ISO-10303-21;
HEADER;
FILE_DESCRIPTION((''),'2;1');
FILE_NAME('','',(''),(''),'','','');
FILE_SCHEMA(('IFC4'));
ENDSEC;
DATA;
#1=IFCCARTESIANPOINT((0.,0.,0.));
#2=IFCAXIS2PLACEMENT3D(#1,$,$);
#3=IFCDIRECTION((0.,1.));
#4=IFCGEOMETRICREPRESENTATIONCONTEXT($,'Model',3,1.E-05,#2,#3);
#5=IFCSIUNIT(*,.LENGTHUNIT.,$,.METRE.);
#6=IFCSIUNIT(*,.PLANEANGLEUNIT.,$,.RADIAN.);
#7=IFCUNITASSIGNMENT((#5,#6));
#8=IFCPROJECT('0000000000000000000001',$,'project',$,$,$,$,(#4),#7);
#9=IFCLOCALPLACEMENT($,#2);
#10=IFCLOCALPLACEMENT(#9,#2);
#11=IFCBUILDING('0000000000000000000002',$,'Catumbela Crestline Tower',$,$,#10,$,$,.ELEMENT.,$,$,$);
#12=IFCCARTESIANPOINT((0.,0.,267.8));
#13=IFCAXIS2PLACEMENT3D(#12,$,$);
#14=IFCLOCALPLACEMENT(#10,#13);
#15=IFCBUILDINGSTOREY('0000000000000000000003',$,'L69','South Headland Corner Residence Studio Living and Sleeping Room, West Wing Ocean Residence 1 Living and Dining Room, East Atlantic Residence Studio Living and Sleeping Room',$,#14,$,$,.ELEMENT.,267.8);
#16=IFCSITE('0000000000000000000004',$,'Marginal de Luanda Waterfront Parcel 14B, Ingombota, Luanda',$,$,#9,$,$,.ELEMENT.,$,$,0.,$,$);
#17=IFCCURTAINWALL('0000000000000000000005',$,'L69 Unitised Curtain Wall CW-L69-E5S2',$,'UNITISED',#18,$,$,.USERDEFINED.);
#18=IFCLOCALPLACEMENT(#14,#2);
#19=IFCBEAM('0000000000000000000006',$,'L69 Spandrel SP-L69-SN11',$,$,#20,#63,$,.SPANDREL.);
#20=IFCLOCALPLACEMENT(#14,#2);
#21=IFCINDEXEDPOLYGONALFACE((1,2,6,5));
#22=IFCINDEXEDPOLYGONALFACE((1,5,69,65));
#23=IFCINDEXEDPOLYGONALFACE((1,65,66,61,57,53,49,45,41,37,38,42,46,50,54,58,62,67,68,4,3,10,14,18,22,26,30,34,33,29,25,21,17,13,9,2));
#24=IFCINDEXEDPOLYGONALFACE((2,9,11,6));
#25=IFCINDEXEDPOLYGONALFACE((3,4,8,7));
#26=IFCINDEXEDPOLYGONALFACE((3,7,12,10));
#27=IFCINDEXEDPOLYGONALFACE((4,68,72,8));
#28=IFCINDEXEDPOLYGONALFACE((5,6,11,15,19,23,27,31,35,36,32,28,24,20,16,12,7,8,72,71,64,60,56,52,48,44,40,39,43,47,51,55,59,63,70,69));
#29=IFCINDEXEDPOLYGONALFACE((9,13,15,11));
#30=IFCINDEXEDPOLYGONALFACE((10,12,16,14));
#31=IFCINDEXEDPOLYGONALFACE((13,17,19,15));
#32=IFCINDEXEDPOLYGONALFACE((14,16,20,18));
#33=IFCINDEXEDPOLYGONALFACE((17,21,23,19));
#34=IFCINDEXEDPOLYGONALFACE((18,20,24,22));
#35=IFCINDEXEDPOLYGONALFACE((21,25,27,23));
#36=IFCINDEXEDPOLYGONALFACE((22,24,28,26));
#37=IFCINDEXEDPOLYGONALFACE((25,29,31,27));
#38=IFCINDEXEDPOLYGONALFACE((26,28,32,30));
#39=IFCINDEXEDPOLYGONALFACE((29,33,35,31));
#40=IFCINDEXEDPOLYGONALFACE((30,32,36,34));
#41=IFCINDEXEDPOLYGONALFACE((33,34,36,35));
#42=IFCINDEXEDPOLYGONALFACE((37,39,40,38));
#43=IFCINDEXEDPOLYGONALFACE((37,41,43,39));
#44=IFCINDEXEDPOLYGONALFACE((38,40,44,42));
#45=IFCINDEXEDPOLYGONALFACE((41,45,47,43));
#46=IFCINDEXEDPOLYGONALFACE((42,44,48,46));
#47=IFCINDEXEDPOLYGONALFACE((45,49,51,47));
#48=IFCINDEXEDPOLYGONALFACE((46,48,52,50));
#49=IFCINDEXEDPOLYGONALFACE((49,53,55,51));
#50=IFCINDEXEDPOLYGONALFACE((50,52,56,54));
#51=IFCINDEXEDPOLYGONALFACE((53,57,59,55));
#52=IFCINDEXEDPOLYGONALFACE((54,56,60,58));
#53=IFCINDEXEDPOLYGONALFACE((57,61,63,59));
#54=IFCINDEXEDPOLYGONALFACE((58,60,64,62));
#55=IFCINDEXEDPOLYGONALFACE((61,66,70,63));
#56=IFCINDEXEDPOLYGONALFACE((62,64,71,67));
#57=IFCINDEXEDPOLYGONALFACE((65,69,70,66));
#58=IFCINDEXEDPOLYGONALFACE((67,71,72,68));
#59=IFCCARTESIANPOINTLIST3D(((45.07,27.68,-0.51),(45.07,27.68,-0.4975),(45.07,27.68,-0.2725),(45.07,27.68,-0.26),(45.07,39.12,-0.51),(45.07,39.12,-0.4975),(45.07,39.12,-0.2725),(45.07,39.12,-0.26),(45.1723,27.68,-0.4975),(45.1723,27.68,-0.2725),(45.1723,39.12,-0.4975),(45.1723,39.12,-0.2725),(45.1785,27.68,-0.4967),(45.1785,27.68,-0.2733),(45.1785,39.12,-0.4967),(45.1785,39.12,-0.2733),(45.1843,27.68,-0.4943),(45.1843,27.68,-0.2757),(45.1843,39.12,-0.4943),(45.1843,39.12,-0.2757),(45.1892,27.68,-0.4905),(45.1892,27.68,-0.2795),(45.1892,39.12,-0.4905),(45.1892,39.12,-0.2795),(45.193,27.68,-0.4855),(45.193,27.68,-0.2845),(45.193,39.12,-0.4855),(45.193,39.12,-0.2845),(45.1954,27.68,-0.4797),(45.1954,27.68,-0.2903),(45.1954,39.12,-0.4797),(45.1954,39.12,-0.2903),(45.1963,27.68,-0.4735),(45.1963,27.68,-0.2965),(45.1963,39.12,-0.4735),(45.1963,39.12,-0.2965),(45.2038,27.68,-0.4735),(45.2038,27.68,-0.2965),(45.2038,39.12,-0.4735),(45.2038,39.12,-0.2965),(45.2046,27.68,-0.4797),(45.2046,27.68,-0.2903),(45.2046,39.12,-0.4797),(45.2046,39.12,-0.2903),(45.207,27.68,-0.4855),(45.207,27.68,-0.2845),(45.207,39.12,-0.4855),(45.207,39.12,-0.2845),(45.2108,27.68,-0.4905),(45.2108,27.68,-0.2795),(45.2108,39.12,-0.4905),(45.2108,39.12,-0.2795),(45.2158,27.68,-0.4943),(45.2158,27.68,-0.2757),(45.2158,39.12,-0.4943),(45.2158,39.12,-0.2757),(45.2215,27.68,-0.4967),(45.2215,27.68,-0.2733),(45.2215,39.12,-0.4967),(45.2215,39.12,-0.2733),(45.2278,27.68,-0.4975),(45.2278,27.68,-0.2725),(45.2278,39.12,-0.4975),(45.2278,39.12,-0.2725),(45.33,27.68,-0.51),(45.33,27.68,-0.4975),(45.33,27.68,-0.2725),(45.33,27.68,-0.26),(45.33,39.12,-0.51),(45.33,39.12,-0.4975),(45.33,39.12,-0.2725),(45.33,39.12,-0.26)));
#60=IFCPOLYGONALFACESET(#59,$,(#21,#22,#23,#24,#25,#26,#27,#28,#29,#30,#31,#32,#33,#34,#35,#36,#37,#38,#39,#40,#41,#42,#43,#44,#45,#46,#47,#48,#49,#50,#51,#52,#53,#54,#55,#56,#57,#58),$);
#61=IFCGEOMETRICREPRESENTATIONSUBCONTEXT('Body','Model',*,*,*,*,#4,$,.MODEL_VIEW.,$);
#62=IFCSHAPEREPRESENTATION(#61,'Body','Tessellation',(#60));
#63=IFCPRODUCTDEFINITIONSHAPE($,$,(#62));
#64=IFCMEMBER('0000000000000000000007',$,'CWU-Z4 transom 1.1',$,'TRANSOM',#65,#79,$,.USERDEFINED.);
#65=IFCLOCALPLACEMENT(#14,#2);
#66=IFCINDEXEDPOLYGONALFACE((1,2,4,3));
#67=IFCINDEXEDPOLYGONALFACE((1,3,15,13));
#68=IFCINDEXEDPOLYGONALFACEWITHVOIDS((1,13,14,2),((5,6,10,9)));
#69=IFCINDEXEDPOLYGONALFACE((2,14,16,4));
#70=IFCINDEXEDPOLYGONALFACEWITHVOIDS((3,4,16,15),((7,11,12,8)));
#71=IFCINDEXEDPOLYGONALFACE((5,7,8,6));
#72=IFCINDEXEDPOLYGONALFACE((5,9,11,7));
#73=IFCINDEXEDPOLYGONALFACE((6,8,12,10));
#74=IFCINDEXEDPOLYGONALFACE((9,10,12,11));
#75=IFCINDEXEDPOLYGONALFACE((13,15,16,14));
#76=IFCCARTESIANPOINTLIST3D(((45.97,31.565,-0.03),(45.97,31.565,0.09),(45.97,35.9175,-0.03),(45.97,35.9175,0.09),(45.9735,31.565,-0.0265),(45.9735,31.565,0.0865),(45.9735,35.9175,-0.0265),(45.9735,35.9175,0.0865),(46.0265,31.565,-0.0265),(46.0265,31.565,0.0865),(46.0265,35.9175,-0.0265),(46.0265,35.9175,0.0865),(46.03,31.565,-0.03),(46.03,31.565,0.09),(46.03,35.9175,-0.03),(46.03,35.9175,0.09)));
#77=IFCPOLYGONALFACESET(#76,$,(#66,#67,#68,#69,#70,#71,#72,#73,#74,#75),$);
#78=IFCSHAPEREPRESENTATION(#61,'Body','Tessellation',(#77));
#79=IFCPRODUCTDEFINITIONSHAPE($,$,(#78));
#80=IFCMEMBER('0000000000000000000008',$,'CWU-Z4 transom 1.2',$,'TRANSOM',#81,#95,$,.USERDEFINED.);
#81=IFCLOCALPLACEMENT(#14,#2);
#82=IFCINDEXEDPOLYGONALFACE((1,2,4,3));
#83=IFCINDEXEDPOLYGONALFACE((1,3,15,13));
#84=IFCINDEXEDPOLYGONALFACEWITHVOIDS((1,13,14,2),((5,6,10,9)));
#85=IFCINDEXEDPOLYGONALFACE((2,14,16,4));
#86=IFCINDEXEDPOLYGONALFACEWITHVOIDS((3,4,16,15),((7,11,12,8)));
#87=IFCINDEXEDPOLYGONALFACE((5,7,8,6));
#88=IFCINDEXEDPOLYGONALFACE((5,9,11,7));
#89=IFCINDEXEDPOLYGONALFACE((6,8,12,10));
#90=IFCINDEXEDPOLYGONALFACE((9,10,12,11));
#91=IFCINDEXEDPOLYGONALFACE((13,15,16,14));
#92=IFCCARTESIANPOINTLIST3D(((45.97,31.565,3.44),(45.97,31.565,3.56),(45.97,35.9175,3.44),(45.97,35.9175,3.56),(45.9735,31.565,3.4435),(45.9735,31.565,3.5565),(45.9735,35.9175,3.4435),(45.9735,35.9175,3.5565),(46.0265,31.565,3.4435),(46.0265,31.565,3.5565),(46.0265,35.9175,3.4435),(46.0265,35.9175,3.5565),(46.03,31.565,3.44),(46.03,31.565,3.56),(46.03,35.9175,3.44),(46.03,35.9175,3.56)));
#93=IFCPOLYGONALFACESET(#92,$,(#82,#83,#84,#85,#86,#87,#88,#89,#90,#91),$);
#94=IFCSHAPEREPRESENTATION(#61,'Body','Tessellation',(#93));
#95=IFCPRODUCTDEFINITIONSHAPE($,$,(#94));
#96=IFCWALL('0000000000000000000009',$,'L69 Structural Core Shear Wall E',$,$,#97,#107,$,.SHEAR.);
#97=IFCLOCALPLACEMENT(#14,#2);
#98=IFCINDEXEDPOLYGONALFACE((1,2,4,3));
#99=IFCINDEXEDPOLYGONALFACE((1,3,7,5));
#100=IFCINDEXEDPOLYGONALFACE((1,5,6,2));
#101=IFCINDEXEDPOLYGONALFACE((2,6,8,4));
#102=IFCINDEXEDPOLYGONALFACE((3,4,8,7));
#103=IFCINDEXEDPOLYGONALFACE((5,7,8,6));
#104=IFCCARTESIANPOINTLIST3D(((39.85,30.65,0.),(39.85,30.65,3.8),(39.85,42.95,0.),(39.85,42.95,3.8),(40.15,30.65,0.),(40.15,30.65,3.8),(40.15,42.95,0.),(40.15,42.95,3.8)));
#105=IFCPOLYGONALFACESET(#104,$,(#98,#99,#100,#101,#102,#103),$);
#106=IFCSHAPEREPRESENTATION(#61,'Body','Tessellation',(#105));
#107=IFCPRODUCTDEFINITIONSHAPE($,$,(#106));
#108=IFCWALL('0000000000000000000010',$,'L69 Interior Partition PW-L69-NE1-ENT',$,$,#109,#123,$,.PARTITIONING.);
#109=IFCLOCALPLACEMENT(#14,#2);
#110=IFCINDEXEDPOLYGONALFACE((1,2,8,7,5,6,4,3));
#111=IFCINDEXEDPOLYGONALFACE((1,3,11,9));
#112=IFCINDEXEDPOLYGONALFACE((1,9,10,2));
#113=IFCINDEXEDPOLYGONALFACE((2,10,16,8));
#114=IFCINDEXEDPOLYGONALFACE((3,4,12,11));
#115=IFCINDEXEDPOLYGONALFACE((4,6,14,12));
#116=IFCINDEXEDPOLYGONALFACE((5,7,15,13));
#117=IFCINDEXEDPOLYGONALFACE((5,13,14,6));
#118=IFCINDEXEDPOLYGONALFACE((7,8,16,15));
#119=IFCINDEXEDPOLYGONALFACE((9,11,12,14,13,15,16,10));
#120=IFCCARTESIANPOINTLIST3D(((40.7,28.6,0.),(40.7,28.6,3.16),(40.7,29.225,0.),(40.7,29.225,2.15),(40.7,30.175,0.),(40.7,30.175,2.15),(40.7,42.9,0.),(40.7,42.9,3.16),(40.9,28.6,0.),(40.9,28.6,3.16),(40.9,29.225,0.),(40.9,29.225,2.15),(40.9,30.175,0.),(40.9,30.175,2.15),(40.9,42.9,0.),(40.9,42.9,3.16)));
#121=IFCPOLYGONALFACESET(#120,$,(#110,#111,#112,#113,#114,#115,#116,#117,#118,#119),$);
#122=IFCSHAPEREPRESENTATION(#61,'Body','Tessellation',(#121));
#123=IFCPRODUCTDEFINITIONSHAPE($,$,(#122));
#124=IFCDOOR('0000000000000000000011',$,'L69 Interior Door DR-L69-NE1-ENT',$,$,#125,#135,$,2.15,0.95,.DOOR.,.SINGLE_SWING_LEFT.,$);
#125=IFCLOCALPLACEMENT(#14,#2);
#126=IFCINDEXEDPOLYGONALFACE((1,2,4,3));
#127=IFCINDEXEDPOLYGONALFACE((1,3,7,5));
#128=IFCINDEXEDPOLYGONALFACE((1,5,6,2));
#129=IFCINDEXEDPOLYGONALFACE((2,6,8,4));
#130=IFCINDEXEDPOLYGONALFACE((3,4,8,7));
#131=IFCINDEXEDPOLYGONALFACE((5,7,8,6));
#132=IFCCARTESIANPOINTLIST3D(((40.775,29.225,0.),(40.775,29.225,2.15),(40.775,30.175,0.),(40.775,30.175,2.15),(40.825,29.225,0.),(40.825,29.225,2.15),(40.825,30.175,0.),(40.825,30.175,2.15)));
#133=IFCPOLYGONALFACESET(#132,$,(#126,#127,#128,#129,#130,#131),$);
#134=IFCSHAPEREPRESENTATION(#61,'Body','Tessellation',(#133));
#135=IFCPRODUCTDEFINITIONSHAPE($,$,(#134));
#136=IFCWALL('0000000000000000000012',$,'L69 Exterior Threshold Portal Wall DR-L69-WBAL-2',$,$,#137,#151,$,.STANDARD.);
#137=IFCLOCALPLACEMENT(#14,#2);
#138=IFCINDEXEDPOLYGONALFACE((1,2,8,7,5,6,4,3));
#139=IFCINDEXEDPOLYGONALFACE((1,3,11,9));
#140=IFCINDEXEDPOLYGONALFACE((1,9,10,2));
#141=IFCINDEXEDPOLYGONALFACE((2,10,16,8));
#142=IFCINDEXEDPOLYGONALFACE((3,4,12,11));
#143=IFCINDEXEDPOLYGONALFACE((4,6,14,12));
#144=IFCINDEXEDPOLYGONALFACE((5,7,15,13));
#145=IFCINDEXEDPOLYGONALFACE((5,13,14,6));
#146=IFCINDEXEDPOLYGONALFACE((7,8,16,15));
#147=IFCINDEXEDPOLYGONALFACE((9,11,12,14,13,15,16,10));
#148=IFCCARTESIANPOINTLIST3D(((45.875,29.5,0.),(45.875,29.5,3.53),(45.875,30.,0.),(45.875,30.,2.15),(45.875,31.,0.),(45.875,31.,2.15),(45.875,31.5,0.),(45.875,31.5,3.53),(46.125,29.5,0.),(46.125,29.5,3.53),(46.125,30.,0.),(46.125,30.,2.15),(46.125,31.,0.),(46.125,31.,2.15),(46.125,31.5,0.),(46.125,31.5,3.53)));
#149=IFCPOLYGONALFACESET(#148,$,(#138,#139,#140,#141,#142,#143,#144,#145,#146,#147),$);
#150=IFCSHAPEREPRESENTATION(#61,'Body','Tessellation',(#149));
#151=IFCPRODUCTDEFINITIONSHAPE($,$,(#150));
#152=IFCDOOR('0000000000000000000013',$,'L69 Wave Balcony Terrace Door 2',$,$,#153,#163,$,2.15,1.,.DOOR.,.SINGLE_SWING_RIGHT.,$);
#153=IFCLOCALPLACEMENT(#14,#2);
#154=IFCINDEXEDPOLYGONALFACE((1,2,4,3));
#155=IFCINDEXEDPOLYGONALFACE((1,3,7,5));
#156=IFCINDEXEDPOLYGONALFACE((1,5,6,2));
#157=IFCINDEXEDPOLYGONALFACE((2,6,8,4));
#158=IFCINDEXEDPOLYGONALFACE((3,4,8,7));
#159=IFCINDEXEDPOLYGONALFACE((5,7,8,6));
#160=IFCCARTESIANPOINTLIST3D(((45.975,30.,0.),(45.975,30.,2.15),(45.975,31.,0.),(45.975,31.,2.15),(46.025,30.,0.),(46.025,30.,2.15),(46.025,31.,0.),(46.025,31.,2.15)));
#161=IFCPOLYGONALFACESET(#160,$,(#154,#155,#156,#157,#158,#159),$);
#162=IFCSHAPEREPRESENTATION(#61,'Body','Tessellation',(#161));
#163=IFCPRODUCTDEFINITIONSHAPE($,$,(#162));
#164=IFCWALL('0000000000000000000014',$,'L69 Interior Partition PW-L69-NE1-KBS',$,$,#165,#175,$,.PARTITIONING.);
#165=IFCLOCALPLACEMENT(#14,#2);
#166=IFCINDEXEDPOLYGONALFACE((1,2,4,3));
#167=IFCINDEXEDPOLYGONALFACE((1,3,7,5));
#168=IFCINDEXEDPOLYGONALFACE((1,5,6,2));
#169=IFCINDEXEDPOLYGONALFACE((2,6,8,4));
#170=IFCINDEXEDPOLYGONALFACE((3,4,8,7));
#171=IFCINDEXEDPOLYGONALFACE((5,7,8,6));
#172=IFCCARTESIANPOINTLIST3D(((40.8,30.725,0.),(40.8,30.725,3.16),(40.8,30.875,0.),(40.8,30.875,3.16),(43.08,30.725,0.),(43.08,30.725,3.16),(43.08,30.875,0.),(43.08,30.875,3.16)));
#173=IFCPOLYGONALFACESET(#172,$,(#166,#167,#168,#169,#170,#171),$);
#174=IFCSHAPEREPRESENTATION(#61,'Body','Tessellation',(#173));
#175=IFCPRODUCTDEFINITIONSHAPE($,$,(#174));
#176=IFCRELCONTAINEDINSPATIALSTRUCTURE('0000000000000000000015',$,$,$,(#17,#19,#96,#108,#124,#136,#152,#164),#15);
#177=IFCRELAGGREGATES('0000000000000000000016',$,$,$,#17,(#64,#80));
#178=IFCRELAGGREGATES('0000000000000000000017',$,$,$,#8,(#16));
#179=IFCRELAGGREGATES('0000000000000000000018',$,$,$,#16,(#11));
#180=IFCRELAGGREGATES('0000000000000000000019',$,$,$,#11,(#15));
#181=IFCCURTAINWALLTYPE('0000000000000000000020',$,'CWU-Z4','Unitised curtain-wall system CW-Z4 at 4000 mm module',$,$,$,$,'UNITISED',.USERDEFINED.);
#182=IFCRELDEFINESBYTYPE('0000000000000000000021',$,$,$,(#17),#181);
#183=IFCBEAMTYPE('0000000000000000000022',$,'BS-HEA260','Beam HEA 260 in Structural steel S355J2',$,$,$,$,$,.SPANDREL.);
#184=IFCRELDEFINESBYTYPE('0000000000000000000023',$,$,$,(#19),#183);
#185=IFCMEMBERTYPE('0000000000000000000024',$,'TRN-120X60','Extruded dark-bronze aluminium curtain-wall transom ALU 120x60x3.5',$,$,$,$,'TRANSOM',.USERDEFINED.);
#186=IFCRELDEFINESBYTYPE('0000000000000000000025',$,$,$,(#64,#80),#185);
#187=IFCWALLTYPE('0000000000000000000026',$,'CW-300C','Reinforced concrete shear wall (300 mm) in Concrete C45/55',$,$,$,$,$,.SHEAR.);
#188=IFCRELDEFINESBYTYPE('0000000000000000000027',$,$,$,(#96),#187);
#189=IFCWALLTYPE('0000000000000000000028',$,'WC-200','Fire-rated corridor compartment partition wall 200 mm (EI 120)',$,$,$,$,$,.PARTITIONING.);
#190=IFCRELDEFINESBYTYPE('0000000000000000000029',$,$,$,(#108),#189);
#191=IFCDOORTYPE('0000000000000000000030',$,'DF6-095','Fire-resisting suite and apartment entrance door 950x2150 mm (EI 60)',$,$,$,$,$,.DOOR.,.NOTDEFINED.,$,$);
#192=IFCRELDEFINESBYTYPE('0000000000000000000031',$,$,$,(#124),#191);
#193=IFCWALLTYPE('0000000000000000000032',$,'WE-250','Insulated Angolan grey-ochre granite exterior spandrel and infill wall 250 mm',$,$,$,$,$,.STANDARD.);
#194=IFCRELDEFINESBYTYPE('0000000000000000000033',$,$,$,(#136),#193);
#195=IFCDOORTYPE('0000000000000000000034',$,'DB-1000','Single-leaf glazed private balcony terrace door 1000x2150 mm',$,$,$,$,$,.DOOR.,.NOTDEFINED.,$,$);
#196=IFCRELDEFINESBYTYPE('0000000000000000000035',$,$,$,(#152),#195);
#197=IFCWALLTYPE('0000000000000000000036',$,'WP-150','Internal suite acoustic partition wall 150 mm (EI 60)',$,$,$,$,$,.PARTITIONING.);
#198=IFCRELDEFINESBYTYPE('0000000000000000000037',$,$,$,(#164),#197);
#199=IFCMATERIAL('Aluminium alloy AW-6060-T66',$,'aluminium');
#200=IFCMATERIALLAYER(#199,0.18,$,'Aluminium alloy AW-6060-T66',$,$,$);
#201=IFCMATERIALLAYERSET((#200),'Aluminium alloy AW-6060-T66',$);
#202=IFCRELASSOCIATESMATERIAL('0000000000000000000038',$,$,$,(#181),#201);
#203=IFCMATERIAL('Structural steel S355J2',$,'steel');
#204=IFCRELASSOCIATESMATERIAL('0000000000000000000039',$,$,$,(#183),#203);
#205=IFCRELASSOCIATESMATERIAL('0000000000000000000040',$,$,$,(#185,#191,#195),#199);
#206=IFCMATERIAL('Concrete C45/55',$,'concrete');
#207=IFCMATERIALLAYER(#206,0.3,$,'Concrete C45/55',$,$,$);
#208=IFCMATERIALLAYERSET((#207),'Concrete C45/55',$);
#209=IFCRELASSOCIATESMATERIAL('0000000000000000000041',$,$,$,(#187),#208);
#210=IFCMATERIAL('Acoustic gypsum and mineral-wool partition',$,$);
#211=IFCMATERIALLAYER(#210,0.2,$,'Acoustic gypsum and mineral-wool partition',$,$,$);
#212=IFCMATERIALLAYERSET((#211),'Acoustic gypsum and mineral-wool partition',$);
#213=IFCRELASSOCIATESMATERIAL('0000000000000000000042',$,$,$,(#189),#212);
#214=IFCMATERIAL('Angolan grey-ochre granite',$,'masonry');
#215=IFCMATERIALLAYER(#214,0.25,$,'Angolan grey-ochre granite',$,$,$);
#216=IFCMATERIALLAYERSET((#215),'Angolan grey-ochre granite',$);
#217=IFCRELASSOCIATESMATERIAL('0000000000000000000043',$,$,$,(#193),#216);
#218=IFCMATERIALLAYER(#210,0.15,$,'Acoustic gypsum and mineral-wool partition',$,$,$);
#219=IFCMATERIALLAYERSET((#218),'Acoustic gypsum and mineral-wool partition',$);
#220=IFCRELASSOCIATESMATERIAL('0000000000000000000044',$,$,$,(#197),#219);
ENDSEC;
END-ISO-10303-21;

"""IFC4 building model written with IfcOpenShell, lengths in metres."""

from ifc_helpers import new_model, si_unit, direction, frame, frame_2d, origin, origin_2d, place, context, subcontext, project, spatial, rectangle, hollow_rectangle, i_section, extrude, material, layer, layer_set, material_profile, profile_set, type_object, element, fill, aggregate, save


model = new_model("IFC4")

# Units and contexts
model_context = context("Model", 3, precision=1e-05, world=origin(), true_north=direction((0.0, 1.0)))
body_context = subcontext(model_context, "Body", "Model", "MODEL_VIEW")
ifc_project = project(units=[si_unit("LENGTHUNIT", "METRE"), si_unit("PLANEANGLEUNIT", "RADIAN")], contexts=[model_context])

# Site, building, storey
site_placement = place(None, origin())
site = spatial("IfcSite", under=ifc_project, at=site_placement, Name="Marginal de Luanda Waterfront Parcel 14B, Ingombota, Luanda", CompositionType="ELEMENT", RefElevation=0.0)
building_placement = place(site_placement, origin())
building = spatial("IfcBuilding", under=site, at=building_placement, Name="Catumbela Crestline Tower", CompositionType="ELEMENT")
storey_placement = place(building_placement, frame((0.0, 0.0, 267.8)))
storey = spatial("IfcBuildingStorey", under=building, at=storey_placement, Name="L69", Description="South Headland Corner Residence Studio Living and Sleeping Room, West Wing Ocean Residence 1 Living and Dining Room, East Atlantic Residence Studio Living and Sleeping Room", CompositionType="ELEMENT", Elevation=267.8)

# Shared definitions
ifc_material_1 = material(Name="Concrete C45/55", Category="concrete")
ifc_material_2 = material(Name="Structural steel S355J2", Category="steel")

# Curtain wall
ifc_material_3 = material(Name="Aluminium alloy AW-6060-T66", Category="aluminium")
ifc_layer_1 = layer(ifc_material_3, 0.18, Name="Aluminium alloy AW-6060-T66")
ifc_layer_set_1 = layer_set([ifc_layer_1], Name="Aluminium alloy AW-6060-T66")
curtain_wall_type = type_object("IfcCurtainWallType", Name="CWU-Z4", Description="Unitised curtain-wall system CW-Z4 at 4000 mm module", ElementType="UNITISED", PredefinedType="USERDEFINED", material=ifc_layer_set_1)
curtain_wall_placement = place(storey_placement, origin())
curtain_wall = element("IfcCurtainWall", 1, at=curtain_wall_placement, inside=storey, type_object=curtain_wall_type, Name="L69 Unitised Curtain Wall CW-L69-E5S2", ObjectType="UNITISED", PredefinedType="USERDEFINED")

# Beam
ifc_material_profile_1 = material_profile(ifc_material_2, i_section(OverallWidth=0.26, OverallDepth=0.25, WebThickness=0.0075, FlangeThickness=0.0125, FilletRadius=0.024, at=origin_2d()), Name="HEA 260")
ifc_profile_set_1 = profile_set([ifc_material_profile_1], Name="Structural steel S355J2")
beam_type_1 = type_object("IfcBeamType", Name="BS-HEA260", Description="Beam HEA 260 in Structural steel S355J2", PredefinedType="SPANDREL", material=ifc_profile_set_1)
beam_1_placement = place(storey_placement, frame((45.2, 27.68, -0.385), z_axis=(0.0, 1.0, 0.0), x_axis=(-1.0, 0.0, 0.0)))
element("IfcBeam", 2, at=beam_1_placement, inside=storey, type_object=beam_type_1, Name="L69 Spandrel SP-L69-SN11", PredefinedType="SPANDREL", context=body_context, shape_type="SweptSolid", body=[
    extrude(i_section(OverallWidth=0.26, OverallDepth=0.25, WebThickness=0.0075, FlangeThickness=0.0125, FilletRadius=0.024, at=origin_2d()), origin(), (0.0, 0.0, 1.0), 11.44),
])

# Members
ifc_material_profile_2 = material_profile(ifc_material_3, hollow_rectangle(XDim=0.06, YDim=0.12, WallThickness=0.0035, at=origin_2d()), Name="ALU 120x60x3.5")
ifc_profile_set_2 = profile_set([ifc_material_profile_2], Name="Aluminium alloy AW-6060-T66")
member_type_1 = type_object("IfcMemberType", Name="TRN-120X60", Description="Extruded dark-bronze aluminium curtain-wall transom ALU 120x60x3.5", ElementType="TRANSOM", PredefinedType="USERDEFINED", material=ifc_profile_set_2)
member_1_placement = place(storey_placement, frame((46.0, 31.565, 0.03), z_axis=(0.0, 1.0, 0.0), x_axis=(-1.0, 0.0, 0.0)))
member_1 = element("IfcMember", 3, at=member_1_placement, type_object=member_type_1, Name="CWU-Z4 transom 1.1", ObjectType="TRANSOM", PredefinedType="USERDEFINED", context=body_context, shape_type="SweptSolid", body=[
    extrude(hollow_rectangle(XDim=0.06, YDim=0.12, WallThickness=0.0035, at=origin_2d()), origin(), (0.0, 0.0, 1.0), 4.3525),
])
member_2_placement = place(storey_placement, frame((46.0, 31.565, 3.5), z_axis=(0.0, 1.0, 0.0), x_axis=(-1.0, 0.0, 0.0)))
member_2 = element("IfcMember", 4, at=member_2_placement, type_object=member_type_1, Name="CWU-Z4 transom 1.2", ObjectType="TRANSOM", PredefinedType="USERDEFINED", context=body_context, shape_type="SweptSolid", body=[
    extrude(hollow_rectangle(XDim=0.06, YDim=0.12, WallThickness=0.0035, at=origin_2d()), origin(), (0.0, 0.0, 1.0), 4.3525),
])
aggregate(curtain_wall, [member_1, member_2])

# Wall
ifc_layer_2 = layer(ifc_material_1, 0.3, Name="Concrete C45/55")
ifc_layer_set_2 = layer_set([ifc_layer_2], Name="Concrete C45/55")
wall_type_1 = type_object("IfcWallType", Name="CW-300C", Description="Reinforced concrete shear wall (300 mm) in Concrete C45/55", PredefinedType="SHEAR", material=ifc_layer_set_2)
wall_1_placement = place(storey_placement, frame((40.0, 30.65, 0.0), z_axis=(0.0, 0.0, 1.0), x_axis=(0.0, 1.0, 0.0)))
element("IfcWall", 5, at=wall_1_placement, inside=storey, type_object=wall_type_1, Name="L69 Structural Core Shear Wall E", PredefinedType="SHEAR", context=body_context, shape_type="SweptSolid", body=[
    extrude(rectangle(XDim=12.3, YDim=0.3, at=frame_2d((6.15, 0.0))), origin(), (0.0, 0.0, 1.0), 3.8),
])

# Walls, openings, doors
ifc_material_4 = material(Name="Acoustic gypsum and mineral-wool partition")
ifc_layer_3 = layer(ifc_material_4, 0.2, Name="Acoustic gypsum and mineral-wool partition")
ifc_layer_set_3 = layer_set([ifc_layer_3], Name="Acoustic gypsum and mineral-wool partition")
wall_type_2 = type_object("IfcWallType", Name="WC-200", Description="Fire-rated corridor compartment partition wall 200 mm (EI 120)", PredefinedType="PARTITIONING", material=ifc_layer_set_3)
wall_2_placement = place(storey_placement, frame((40.8, 28.6, 0.0), z_axis=(0.0, 0.0, 1.0), x_axis=(0.0, 1.0, 0.0)))
wall_2 = element("IfcWall", 6, at=wall_2_placement, inside=storey, type_object=wall_type_2, Name="L69 Interior Partition PW-L69-NE1-ENT", PredefinedType="PARTITIONING", context=body_context, shape_type="SweptSolid", body=[
    extrude(rectangle(XDim=14.3, YDim=0.2, at=frame_2d((7.15, 0.0))), origin(), (0.0, 0.0, 1.0), 3.16),
])
opening_1_placement = place(wall_2_placement, frame((0.625, 0.0, 0.0)))
opening_1 = element("IfcOpeningElement", 7, at=opening_1_placement, cuts=wall_2, PredefinedType="OPENING", context=body_context, shape_type="SweptSolid", body=[
    extrude(rectangle(XDim=0.95, YDim=2.15, at=frame_2d((0.475, 1.075))), frame((0.0, 0.11, 0.0), z_axis=(0.0, -1.0, 0.0), x_axis=(1.0, 0.0, 0.0)), (0.0, 0.0, 1.0), 0.22),
])
door_type_1 = type_object("IfcDoorType", Name="DF6-095", Description="Fire-resisting suite and apartment entrance door 950x2150 mm (EI 60)", OperationType="NOTDEFINED", PredefinedType="DOOR", material=ifc_material_3)
door_1_placement = place(opening_1_placement, origin())
door_1 = element("IfcDoor", 8, at=door_1_placement, inside=storey, type_object=door_type_1, Name="L69 Interior Door DR-L69-NE1-ENT", OperationType="SINGLE_SWING_LEFT", OverallHeight=2.15, OverallWidth=0.95, PredefinedType="DOOR", context=body_context, shape_type="SweptSolid", body=[
    extrude(rectangle(XDim=0.95, YDim=2.15, at=frame_2d((0.475, 1.075))), frame((0.0, 0.025, 0.0), z_axis=(0.0, -1.0, 0.0), x_axis=(1.0, 0.0, 0.0)), (0.0, 0.0, 1.0), 0.05),
])
fill(opening_1, door_1)
ifc_material_5 = material(Name="Angolan grey-ochre granite", Category="masonry")
ifc_layer_4 = layer(ifc_material_5, 0.25, Name="Angolan grey-ochre granite")
ifc_layer_set_4 = layer_set([ifc_layer_4], Name="Angolan grey-ochre granite")
wall_type_3 = type_object("IfcWallType", Name="WE-250", Description="Insulated Angolan grey-ochre granite exterior spandrel and infill wall 250 mm", PredefinedType="STANDARD", material=ifc_layer_set_4)
wall_3_placement = place(storey_placement, frame((46.0, 29.5, 0.0), z_axis=(0.0, 0.0, 1.0), x_axis=(0.0, 1.0, 0.0)))
wall_3 = element("IfcWall", 9, at=wall_3_placement, inside=storey, type_object=wall_type_3, Name="L69 Exterior Threshold Portal Wall DR-L69-WBAL-2", PredefinedType="STANDARD", context=body_context, shape_type="SweptSolid", body=[
    extrude(rectangle(XDim=2.0, YDim=0.25, at=frame_2d((1.0, 0.0))), origin(), (0.0, 0.0, 1.0), 3.53),
])
opening_2_placement = place(wall_3_placement, frame((0.5, 0.0, 0.0)))
opening_2 = element("IfcOpeningElement", 10, at=opening_2_placement, cuts=wall_3, PredefinedType="OPENING", context=body_context, shape_type="SweptSolid", body=[
    extrude(rectangle(XDim=1.0, YDim=2.15, at=frame_2d((0.5, 1.075))), frame((0.0, 0.135, 0.0), z_axis=(0.0, -1.0, 0.0), x_axis=(1.0, 0.0, 0.0)), (0.0, 0.0, 1.0), 0.27),
])
door_type_2 = type_object("IfcDoorType", Name="DB-1000", Description="Single-leaf glazed private balcony terrace door 1000x2150 mm", OperationType="NOTDEFINED", PredefinedType="DOOR", material=ifc_material_3)
door_2_placement = place(opening_2_placement, origin())
door_2 = element("IfcDoor", 11, at=door_2_placement, inside=storey, type_object=door_type_2, Name="L69 Wave Balcony Terrace Door 2", OperationType="SINGLE_SWING_RIGHT", OverallHeight=2.15, OverallWidth=1.0, PredefinedType="DOOR", context=body_context, shape_type="SweptSolid", body=[
    extrude(rectangle(XDim=1.0, YDim=2.15, at=frame_2d((0.5, 1.075))), frame((0.0, 0.025, 0.0), z_axis=(0.0, -1.0, 0.0), x_axis=(1.0, 0.0, 0.0)), (0.0, 0.0, 1.0), 0.05),
])
fill(opening_2, door_2)

# Wall
ifc_layer_5 = layer(ifc_material_4, 0.15, Name="Acoustic gypsum and mineral-wool partition")
ifc_layer_set_5 = layer_set([ifc_layer_5], Name="Acoustic gypsum and mineral-wool partition")
wall_type_4 = type_object("IfcWallType", Name="WP-150", Description="Internal suite acoustic partition wall 150 mm (EI 60)", PredefinedType="PARTITIONING", material=ifc_layer_set_5)
wall_4_placement = place(storey_placement, frame((40.8, 30.8, 0.0), z_axis=(0.0, 0.0, 1.0), x_axis=(1.0, 0.0, 0.0)))
element("IfcWall", 12, at=wall_4_placement, inside=storey, type_object=wall_type_4, Name="L69 Interior Partition PW-L69-NE1-KBS", PredefinedType="PARTITIONING", context=body_context, shape_type="SweptSolid", body=[
    extrude(rectangle(XDim=2.28, YDim=0.15, at=frame_2d((1.14, 0.0))), origin(), (0.0, 0.0, 1.0), 3.16),
])

save(model, "model.ifc")
